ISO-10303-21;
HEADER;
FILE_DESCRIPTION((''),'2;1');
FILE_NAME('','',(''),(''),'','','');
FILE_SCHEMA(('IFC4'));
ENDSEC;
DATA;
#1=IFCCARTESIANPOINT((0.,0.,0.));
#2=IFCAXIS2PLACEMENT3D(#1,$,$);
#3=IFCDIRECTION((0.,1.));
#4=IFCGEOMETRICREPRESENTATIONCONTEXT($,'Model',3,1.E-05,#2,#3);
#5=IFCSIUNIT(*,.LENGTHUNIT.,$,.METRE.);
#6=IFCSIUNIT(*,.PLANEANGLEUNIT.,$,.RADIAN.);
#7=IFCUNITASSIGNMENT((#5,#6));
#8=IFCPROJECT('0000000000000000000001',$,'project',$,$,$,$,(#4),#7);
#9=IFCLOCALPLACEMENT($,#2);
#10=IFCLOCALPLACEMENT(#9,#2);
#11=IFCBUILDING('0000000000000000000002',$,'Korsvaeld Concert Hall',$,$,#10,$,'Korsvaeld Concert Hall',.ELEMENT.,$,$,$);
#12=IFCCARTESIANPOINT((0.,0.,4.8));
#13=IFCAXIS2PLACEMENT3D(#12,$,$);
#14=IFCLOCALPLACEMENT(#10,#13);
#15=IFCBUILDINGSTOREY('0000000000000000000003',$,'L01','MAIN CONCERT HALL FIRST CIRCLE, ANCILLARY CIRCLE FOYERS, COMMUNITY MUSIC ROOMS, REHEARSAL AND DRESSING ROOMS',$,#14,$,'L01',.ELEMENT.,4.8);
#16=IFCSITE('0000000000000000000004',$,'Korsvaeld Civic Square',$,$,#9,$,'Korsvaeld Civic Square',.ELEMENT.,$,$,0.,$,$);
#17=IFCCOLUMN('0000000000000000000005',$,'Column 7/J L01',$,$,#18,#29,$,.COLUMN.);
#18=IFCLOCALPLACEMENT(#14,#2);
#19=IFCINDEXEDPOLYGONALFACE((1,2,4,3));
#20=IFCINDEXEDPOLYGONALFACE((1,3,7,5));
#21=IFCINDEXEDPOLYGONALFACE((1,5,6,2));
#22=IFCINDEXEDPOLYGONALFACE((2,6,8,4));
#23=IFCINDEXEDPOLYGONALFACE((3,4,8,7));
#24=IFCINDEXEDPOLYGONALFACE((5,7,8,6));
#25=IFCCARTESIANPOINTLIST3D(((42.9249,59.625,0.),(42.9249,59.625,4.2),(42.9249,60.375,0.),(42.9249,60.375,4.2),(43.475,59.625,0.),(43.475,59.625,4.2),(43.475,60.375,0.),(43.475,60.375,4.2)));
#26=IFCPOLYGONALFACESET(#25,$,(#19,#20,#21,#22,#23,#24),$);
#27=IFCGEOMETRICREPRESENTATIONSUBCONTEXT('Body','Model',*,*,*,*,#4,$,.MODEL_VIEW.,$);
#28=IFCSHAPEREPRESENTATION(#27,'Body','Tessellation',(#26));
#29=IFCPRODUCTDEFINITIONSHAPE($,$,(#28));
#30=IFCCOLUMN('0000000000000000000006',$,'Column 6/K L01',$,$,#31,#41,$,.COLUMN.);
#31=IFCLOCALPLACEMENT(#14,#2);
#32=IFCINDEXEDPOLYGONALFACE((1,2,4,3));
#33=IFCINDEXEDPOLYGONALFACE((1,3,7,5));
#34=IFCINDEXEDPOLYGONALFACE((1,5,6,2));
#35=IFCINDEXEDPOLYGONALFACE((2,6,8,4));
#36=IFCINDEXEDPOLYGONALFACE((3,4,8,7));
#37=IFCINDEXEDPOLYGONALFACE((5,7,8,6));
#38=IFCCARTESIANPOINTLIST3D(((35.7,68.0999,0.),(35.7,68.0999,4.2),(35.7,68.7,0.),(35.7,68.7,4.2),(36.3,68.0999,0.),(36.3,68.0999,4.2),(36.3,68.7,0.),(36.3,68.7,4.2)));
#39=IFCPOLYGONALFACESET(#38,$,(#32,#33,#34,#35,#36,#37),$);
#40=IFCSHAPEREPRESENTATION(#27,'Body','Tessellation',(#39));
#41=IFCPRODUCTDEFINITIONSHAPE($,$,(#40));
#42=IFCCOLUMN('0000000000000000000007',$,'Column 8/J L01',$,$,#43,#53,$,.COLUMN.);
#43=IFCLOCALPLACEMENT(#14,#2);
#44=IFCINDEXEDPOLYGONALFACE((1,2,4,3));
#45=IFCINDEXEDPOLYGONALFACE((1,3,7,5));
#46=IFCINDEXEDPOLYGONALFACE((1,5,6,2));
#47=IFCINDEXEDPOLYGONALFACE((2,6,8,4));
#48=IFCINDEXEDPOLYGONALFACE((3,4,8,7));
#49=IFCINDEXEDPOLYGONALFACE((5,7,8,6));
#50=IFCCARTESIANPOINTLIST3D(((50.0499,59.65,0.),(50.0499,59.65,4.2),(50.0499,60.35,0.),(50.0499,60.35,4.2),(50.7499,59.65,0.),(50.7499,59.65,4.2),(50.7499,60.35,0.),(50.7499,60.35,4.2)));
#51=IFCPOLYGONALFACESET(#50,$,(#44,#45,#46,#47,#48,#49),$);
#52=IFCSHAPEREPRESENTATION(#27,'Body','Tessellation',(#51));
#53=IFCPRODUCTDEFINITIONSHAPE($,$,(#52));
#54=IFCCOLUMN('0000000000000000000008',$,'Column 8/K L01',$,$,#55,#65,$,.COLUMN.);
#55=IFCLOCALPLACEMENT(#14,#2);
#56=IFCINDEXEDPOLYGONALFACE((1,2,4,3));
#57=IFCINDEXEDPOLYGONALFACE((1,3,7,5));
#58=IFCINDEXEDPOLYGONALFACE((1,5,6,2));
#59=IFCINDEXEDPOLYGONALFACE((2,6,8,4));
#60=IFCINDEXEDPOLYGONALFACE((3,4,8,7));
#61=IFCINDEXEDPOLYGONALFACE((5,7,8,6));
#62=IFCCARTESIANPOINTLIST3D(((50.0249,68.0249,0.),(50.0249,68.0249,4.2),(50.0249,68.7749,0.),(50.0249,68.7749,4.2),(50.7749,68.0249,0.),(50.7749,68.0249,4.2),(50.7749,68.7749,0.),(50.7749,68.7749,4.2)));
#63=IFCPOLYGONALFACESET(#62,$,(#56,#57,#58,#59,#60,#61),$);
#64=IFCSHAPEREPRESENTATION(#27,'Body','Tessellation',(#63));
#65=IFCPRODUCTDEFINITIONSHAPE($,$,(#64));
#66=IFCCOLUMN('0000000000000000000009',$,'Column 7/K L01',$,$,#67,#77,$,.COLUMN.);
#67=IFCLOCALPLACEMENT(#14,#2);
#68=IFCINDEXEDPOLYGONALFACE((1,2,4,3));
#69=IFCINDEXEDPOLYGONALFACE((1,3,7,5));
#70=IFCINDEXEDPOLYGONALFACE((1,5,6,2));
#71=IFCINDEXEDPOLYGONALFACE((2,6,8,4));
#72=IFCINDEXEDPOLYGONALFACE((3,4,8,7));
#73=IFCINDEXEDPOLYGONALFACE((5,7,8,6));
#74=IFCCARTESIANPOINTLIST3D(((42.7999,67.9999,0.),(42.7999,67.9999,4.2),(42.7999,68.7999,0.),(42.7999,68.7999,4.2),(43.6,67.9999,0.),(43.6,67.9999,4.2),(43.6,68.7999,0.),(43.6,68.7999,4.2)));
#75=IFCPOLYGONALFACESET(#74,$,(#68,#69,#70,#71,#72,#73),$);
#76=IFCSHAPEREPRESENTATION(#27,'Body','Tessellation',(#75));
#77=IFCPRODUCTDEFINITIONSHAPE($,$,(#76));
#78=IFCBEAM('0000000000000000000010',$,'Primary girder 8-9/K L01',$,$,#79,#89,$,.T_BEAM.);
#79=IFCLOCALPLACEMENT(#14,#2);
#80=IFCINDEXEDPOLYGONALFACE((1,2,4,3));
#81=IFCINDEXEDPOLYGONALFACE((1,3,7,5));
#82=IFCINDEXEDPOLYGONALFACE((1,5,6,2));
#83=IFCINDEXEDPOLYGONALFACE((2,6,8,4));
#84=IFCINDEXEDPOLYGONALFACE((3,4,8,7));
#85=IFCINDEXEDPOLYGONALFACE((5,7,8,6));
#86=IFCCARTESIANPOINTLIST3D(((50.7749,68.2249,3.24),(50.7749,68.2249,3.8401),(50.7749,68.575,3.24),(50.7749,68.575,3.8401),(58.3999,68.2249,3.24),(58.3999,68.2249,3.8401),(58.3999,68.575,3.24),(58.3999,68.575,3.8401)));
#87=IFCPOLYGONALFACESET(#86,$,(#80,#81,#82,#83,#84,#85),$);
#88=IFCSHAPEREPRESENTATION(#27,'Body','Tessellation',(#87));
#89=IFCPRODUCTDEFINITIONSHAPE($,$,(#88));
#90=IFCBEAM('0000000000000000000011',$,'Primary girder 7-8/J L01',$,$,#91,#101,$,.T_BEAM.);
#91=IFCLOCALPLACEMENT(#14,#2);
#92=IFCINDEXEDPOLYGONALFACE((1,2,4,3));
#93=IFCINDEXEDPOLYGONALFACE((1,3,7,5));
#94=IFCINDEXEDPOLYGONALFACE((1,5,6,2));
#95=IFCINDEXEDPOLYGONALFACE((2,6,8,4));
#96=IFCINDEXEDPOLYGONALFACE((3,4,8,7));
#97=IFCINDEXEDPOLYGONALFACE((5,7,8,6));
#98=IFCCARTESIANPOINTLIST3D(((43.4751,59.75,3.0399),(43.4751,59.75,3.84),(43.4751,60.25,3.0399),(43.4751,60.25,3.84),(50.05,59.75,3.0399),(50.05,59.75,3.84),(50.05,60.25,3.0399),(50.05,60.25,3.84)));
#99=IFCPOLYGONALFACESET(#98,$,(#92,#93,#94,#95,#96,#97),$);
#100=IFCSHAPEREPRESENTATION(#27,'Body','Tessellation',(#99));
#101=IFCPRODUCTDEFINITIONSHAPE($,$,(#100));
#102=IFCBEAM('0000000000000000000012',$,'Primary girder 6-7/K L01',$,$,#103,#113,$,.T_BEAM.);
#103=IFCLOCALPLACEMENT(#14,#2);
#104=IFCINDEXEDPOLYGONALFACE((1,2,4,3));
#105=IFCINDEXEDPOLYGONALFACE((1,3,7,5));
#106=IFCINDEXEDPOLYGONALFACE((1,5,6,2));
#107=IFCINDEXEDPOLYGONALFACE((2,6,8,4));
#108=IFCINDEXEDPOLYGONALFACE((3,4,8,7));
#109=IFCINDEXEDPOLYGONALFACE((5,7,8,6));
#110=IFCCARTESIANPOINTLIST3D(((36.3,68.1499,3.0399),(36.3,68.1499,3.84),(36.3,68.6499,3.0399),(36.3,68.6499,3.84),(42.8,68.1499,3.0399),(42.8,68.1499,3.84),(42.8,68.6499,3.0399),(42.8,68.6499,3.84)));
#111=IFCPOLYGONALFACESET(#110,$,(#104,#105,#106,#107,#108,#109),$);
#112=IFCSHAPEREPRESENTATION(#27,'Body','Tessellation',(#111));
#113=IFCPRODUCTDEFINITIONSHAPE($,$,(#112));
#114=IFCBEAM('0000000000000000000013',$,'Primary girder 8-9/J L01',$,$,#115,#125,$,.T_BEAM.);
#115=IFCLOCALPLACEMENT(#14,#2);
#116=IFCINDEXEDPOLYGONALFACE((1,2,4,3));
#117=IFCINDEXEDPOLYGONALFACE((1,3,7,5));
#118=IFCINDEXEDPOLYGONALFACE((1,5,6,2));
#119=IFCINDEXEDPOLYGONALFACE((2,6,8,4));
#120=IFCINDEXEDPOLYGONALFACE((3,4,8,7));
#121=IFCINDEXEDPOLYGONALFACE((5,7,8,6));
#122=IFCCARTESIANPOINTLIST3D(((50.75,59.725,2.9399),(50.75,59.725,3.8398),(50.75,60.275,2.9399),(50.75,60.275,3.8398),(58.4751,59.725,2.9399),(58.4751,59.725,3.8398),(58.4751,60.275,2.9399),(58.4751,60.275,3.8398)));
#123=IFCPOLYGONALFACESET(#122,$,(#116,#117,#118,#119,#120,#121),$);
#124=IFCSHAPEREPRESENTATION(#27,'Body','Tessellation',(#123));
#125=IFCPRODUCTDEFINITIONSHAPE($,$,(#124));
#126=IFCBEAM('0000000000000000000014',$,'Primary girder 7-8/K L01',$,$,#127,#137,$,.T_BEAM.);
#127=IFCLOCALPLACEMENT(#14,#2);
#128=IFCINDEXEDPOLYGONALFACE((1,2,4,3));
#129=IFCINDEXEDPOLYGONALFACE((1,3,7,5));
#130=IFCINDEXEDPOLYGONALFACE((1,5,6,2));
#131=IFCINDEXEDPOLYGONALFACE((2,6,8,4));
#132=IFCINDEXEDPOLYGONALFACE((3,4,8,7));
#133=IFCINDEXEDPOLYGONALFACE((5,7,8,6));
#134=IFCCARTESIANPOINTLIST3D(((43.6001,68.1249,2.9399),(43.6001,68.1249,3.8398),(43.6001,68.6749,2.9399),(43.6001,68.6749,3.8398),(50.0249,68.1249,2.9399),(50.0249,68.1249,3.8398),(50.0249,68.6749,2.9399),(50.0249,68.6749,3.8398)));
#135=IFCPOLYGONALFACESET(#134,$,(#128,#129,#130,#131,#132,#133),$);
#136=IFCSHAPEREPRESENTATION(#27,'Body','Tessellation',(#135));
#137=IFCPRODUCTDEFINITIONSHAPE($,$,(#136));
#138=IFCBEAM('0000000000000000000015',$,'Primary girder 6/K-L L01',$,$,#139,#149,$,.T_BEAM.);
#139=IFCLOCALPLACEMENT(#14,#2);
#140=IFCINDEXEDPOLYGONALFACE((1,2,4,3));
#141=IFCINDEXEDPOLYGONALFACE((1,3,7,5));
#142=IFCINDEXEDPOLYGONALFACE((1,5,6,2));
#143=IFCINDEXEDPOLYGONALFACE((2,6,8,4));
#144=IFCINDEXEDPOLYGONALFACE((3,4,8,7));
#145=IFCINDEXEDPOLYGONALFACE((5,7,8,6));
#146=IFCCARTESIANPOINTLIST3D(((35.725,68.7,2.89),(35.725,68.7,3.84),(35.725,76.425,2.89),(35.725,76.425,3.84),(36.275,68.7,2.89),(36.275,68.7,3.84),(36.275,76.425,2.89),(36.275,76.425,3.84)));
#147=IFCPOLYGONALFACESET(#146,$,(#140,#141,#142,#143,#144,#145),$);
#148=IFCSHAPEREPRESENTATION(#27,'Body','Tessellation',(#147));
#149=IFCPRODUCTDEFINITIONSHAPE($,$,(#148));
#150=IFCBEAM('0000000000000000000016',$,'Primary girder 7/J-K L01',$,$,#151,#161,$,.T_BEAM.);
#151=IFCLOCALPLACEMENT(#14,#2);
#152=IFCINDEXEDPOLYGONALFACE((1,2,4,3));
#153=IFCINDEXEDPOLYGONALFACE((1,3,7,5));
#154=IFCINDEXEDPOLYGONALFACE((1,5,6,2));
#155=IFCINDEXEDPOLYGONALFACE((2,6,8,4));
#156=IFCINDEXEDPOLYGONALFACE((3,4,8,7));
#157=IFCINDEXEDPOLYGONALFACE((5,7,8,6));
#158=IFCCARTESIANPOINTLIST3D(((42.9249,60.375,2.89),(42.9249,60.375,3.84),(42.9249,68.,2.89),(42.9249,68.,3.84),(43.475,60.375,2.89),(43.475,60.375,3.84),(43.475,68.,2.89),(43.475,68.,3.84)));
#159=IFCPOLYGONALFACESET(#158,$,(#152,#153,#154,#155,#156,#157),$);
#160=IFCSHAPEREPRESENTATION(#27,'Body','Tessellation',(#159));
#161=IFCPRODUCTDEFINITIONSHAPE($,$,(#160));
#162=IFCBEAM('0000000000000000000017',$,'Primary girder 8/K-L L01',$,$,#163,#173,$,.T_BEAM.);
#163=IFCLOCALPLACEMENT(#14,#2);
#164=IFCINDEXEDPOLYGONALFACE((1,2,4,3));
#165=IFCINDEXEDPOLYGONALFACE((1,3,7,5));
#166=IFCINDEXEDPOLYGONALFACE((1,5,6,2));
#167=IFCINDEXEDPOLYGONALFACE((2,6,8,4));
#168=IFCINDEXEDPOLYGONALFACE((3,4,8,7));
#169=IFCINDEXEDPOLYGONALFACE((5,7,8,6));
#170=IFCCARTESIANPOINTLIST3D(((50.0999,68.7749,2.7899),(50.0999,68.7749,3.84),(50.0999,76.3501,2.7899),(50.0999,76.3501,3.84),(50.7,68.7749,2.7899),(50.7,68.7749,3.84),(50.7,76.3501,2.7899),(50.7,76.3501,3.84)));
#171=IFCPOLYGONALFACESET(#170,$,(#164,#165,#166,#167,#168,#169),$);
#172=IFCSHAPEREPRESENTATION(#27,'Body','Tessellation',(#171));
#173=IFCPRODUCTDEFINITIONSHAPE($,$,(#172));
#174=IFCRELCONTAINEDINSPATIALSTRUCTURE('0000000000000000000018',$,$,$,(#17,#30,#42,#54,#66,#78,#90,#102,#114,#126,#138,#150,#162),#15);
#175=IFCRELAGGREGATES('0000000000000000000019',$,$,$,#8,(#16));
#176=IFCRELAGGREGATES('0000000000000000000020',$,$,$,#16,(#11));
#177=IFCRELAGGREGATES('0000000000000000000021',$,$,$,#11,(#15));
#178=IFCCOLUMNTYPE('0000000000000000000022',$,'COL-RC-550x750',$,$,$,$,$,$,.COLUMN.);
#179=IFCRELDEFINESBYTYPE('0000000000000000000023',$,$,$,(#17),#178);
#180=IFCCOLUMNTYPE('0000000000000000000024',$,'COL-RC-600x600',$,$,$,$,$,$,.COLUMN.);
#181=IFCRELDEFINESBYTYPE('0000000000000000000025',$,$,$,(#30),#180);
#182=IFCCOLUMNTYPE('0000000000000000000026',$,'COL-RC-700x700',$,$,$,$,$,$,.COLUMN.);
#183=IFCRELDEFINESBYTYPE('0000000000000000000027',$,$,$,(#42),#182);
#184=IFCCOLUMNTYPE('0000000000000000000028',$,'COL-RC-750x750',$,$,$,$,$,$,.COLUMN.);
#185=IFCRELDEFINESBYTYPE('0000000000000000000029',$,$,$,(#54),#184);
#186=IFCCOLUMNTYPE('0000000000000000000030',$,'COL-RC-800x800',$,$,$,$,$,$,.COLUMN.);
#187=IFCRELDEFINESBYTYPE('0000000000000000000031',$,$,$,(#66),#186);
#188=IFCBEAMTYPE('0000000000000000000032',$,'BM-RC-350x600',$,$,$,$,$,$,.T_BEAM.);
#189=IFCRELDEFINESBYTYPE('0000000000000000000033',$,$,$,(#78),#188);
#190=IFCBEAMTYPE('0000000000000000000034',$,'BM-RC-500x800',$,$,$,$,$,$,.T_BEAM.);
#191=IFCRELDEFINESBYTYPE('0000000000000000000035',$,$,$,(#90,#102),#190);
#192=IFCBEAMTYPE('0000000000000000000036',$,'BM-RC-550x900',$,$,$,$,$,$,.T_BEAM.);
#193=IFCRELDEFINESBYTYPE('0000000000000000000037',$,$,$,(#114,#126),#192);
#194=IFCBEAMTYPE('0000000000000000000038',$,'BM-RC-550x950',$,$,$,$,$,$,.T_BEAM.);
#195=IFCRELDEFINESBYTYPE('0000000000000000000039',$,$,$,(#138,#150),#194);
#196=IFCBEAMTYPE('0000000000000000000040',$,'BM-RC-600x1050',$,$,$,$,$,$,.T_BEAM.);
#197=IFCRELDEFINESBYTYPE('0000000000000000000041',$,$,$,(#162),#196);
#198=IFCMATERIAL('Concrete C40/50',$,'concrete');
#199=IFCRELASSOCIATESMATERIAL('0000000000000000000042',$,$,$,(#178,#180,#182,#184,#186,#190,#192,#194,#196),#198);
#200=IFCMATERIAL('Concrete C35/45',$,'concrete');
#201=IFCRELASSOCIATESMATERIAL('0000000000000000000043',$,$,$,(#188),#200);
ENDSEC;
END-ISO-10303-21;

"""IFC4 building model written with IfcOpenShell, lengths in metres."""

from ifc_helpers import new_model, si_unit, direction, frame, origin, origin_2d, place, context, subcontext, project, spatial, rectangle, extrude, material, material_profile, profile_set, type_object, element, save


model = new_model("IFC4")

# Units and contexts
model_context = context("Model", 3, precision=1e-05, world=origin(), true_north=direction((0.0, 1.0)))
body_context = subcontext(model_context, "Body", "Model", "MODEL_VIEW")
ifc_project = project(units=[si_unit("LENGTHUNIT", "METRE"), si_unit("PLANEANGLEUNIT", "RADIAN")], contexts=[model_context])

# Site, building, storey
site_placement = place(None, origin())
site = spatial("IfcSite", under=ifc_project, at=site_placement, Name="Korsvaeld Civic Square", LongName="Korsvaeld Civic Square", CompositionType="ELEMENT", RefElevation=0.0)
building_placement = place(site_placement, origin())
building = spatial("IfcBuilding", under=site, at=building_placement, Name="Korsvaeld Concert Hall", LongName="Korsvaeld Concert Hall", CompositionType="ELEMENT")
storey_placement = place(building_placement, frame((0.0, 0.0, 4.8)))
storey = spatial("IfcBuildingStorey", under=building, at=storey_placement, Name="L01", Description="MAIN CONCERT HALL FIRST CIRCLE, ANCILLARY CIRCLE FOYERS, COMMUNITY MUSIC ROOMS, REHEARSAL AND DRESSING ROOMS", LongName="L01", CompositionType="ELEMENT", Elevation=4.8)

# Columns
ifc_material_1 = material(Name="Concrete C40/50", Category="concrete")
ifc_material_profile_1 = material_profile(ifc_material_1, rectangle(XDim=0.55, YDim=0.75, at=origin_2d()), Name="RC 550x750")
ifc_profile_set_1 = profile_set([ifc_material_profile_1], Name="Concrete C40/50")
column_type_1 = type_object("IfcColumnType", Name="COL-RC-550x750", PredefinedType="COLUMN", material=ifc_profile_set_1)
column_1_placement = place(storey_placement, frame((43.2, 60.0, 0.0), z_axis=(0.0, 0.0, 1.0), x_axis=(1.0, 0.0, 0.0)))
element("IfcColumn", 1, at=column_1_placement, inside=storey, type_object=column_type_1, Name="Column 7/J L01", PredefinedType="COLUMN", context=body_context, shape_type="SweptSolid", body=[
    extrude(rectangle(XDim=0.55, YDim=0.75, at=origin_2d()), origin(), (0.0, 0.0, 1.0), 4.2),
])
ifc_material_profile_2 = material_profile(ifc_material_1, rectangle(XDim=0.6001, YDim=0.6001, at=origin_2d()), Name="RC 600x600")
ifc_profile_set_2 = profile_set([ifc_material_profile_2], Name="Concrete C40/50")
column_type_2 = type_object("IfcColumnType", Name="COL-RC-600x600", PredefinedType="COLUMN", material=ifc_profile_set_2)
column_2_placement = place(storey_placement, frame((36.0, 68.3999, 0.0), z_axis=(0.0, 0.0, 1.0), x_axis=(1.0, 0.0, 0.0)))
element("IfcColumn", 2, at=column_2_placement, inside=storey, type_object=column_type_2, Name="Column 6/K L01", PredefinedType="COLUMN", context=body_context, shape_type="SweptSolid", body=[
    extrude(rectangle(XDim=0.6001, YDim=0.6001, at=origin_2d()), origin(), (0.0, 0.0, 1.0), 4.2),
])
ifc_material_profile_3 = material_profile(ifc_material_1, rectangle(XDim=0.7, YDim=0.7, at=origin_2d()), Name="RC 700x700")
ifc_profile_set_3 = profile_set([ifc_material_profile_3], Name="Concrete C40/50")
column_type_3 = type_object("IfcColumnType", Name="COL-RC-700x700", PredefinedType="COLUMN", material=ifc_profile_set_3)
column_3_placement = place(storey_placement, frame((50.3999, 60.0, 0.0), z_axis=(0.0, 0.0, 1.0), x_axis=(1.0, 0.0, 0.0)))
element("IfcColumn", 3, at=column_3_placement, inside=storey, type_object=column_type_3, Name="Column 8/J L01", PredefinedType="COLUMN", context=body_context, shape_type="SweptSolid", body=[
    extrude(rectangle(XDim=0.7, YDim=0.7, at=origin_2d()), origin(), (0.0, 0.0, 1.0), 4.2),
])
ifc_material_profile_4 = material_profile(ifc_material_1, rectangle(XDim=0.75, YDim=0.75, at=origin_2d()), Name="RC 750x750")
ifc_profile_set_4 = profile_set([ifc_material_profile_4], Name="Concrete C40/50")
column_type_4 = type_object("IfcColumnType", Name="COL-RC-750x750", PredefinedType="COLUMN", material=ifc_profile_set_4)
column_4_placement = place(storey_placement, frame((50.3999, 68.3999, 0.0), z_axis=(0.0, 0.0, 1.0), x_axis=(1.0, 0.0, 0.0)))
element("IfcColumn", 4, at=column_4_placement, inside=storey, type_object=column_type_4, Name="Column 8/K L01", PredefinedType="COLUMN", context=body_context, shape_type="SweptSolid", body=[
    extrude(rectangle(XDim=0.75, YDim=0.75, at=origin_2d()), origin(), (0.0, 0.0, 1.0), 4.2),
])
ifc_material_profile_5 = material_profile(ifc_material_1, rectangle(XDim=0.8, YDim=0.8, at=origin_2d()), Name="RC 800x800")
ifc_profile_set_5 = profile_set([ifc_material_profile_5], Name="Concrete C40/50")
column_type_5 = type_object("IfcColumnType", Name="COL-RC-800x800", PredefinedType="COLUMN", material=ifc_profile_set_5)
column_5_placement = place(storey_placement, frame((43.2, 68.3999, 0.0), z_axis=(0.0, 0.0, 1.0), x_axis=(1.0, 0.0, 0.0)))
element("IfcColumn", 5, at=column_5_placement, inside=storey, type_object=column_type_5, Name="Column 7/K L01", PredefinedType="COLUMN", context=body_context, shape_type="SweptSolid", body=[
    extrude(rectangle(XDim=0.8, YDim=0.8, at=origin_2d()), origin(), (0.0, 0.0, 1.0), 4.2),
])

# Beams
ifc_material_2 = material(Name="Concrete C35/45", Category="concrete")
ifc_material_profile_6 = material_profile(ifc_material_2, rectangle(XDim=0.3501, YDim=0.6001, at=origin_2d()), Name="RC 350x600")
ifc_profile_set_6 = profile_set([ifc_material_profile_6], Name="Concrete C35/45")
beam_type_1 = type_object("IfcBeamType", Name="BM-RC-350x600", PredefinedType="T_BEAM", material=ifc_profile_set_6)
beam_1_placement = place(storey_placement, frame((50.7749, 68.3999, 3.54), z_axis=(1.0, 0.0, 0.0), x_axis=(0.0, 1.0, 0.0)))
element("IfcBeam", 6, at=beam_1_placement, inside=storey, type_object=beam_type_1, Name="Primary girder 8-9/K L01", PredefinedType="T_BEAM", context=body_context, shape_type="SweptSolid", body=[
    extrude(rectangle(XDim=0.3501, YDim=0.6001, at=origin_2d()), origin(), (0.0, 0.0, 1.0), 7.625),
])
ifc_material_profile_7 = material_profile(ifc_material_1, rectangle(XDim=0.5, YDim=0.8, at=origin_2d()), Name="RC 500x800")
ifc_profile_set_7 = profile_set([ifc_material_profile_7], Name="Concrete C40/50")
beam_type_2 = type_object("IfcBeamType", Name="BM-RC-500x800", PredefinedType="T_BEAM", material=ifc_profile_set_7)
beam_2_placement = place(storey_placement, frame((43.4751, 60.0, 3.4399), z_axis=(1.0, 0.0, 0.0), x_axis=(0.0, 1.0, 0.0)))
element("IfcBeam", 7, at=beam_2_placement, inside=storey, type_object=beam_type_2, Name="Primary girder 7-8/J L01", PredefinedType="T_BEAM", context=body_context, shape_type="SweptSolid", body=[
    extrude(rectangle(XDim=0.5, YDim=0.8, at=origin_2d()), origin(), (0.0, 0.0, 1.0), 6.575),
])
beam_3_placement = place(storey_placement, frame((36.3, 68.3999, 3.4399), z_axis=(1.0, 0.0, 0.0), x_axis=(0.0, 1.0, 0.0)))
element("IfcBeam", 8, at=beam_3_placement, inside=storey, type_object=beam_type_2, Name="Primary girder 6-7/K L01", PredefinedType="T_BEAM", context=body_context, shape_type="SweptSolid", body=[
    extrude(rectangle(XDim=0.5, YDim=0.8, at=origin_2d()), origin(), (0.0, 0.0, 1.0), 6.5),
])
ifc_material_profile_8 = material_profile(ifc_material_1, rectangle(XDim=0.55, YDim=0.8999, at=origin_2d()), Name="RC 550x900")
ifc_profile_set_8 = profile_set([ifc_material_profile_8], Name="Concrete C40/50")
beam_type_3 = type_object("IfcBeamType", Name="BM-RC-550x900", PredefinedType="T_BEAM", material=ifc_profile_set_8)
beam_4_placement = place(storey_placement, frame((50.75, 60.0, 3.3899), z_axis=(1.0, 0.0, 0.0), x_axis=(0.0, 1.0, 0.0)))
element("IfcBeam", 9, at=beam_4_placement, inside=storey, type_object=beam_type_3, Name="Primary girder 8-9/J L01", PredefinedType="T_BEAM", context=body_context, shape_type="SweptSolid", body=[
    extrude(rectangle(XDim=0.55, YDim=0.8999, at=origin_2d()), origin(), (0.0, 0.0, 1.0), 7.7251),
])
beam_5_placement = place(storey_placement, frame((43.6001, 68.3999, 3.3899), z_axis=(1.0, 0.0, 0.0), x_axis=(0.0, 1.0, 0.0)))
element("IfcBeam", 10, at=beam_5_placement, inside=storey, type_object=beam_type_3, Name="Primary girder 7-8/K L01", PredefinedType="T_BEAM", context=body_context, shape_type="SweptSolid", body=[
    extrude(rectangle(XDim=0.55, YDim=0.8999, at=origin_2d()), origin(), (0.0, 0.0, 1.0), 6.4248),
])
ifc_material_profile_9 = material_profile(ifc_material_1, rectangle(XDim=0.55, YDim=0.95, at=origin_2d()), Name="RC 550x950")
ifc_profile_set_9 = profile_set([ifc_material_profile_9], Name="Concrete C40/50")
beam_type_4 = type_object("IfcBeamType", Name="BM-RC-550x950", PredefinedType="T_BEAM", material=ifc_profile_set_9)
beam_6_placement = place(storey_placement, frame((36.0, 68.7, 3.365), z_axis=(0.0, 1.0, 0.0), x_axis=(-1.0, 0.0, 0.0)))
element("IfcBeam", 11, at=beam_6_placement, inside=storey, type_object=beam_type_4, Name="Primary girder 6/K-L L01", PredefinedType="T_BEAM", context=body_context, shape_type="SweptSolid", body=[
    extrude(rectangle(XDim=0.55, YDim=0.95, at=origin_2d()), origin(), (0.0, 0.0, 1.0), 7.7251),
])
beam_7_placement = place(storey_placement, frame((43.2, 60.375, 3.365), z_axis=(0.0, 1.0, 0.0), x_axis=(-1.0, 0.0, 0.0)))
element("IfcBeam", 12, at=beam_7_placement, inside=storey, type_object=beam_type_4, Name="Primary girder 7/J-K L01", PredefinedType="T_BEAM", context=body_context, shape_type="SweptSolid", body=[
    extrude(rectangle(XDim=0.55, YDim=0.95, at=origin_2d()), origin(), (0.0, 0.0, 1.0), 7.625),
])
ifc_material_profile_10 = material_profile(ifc_material_1, rectangle(XDim=0.6001, YDim=1.05, at=origin_2d()), Name="RC 600x1050")
ifc_profile_set_10 = profile_set([ifc_material_profile_10], Name="Concrete C40/50")
beam_type_5 = type_object("IfcBeamType", Name="BM-RC-600x1050", PredefinedType="T_BEAM", material=ifc_profile_set_10)
beam_8_placement = place(storey_placement, frame((50.3999, 68.7749, 3.3149), z_axis=(0.0, 1.0, 0.0), x_axis=(-1.0, 0.0, 0.0)))
element("IfcBeam", 13, at=beam_8_placement, inside=storey, type_object=beam_type_5, Name="Primary girder 8/K-L L01", PredefinedType="T_BEAM", context=body_context, shape_type="SweptSolid", body=[
    extrude(rectangle(XDim=0.6001, YDim=1.05, at=origin_2d()), origin(), (0.0, 0.0, 1.0), 7.5752),
])

save(model, "model.ifc")
